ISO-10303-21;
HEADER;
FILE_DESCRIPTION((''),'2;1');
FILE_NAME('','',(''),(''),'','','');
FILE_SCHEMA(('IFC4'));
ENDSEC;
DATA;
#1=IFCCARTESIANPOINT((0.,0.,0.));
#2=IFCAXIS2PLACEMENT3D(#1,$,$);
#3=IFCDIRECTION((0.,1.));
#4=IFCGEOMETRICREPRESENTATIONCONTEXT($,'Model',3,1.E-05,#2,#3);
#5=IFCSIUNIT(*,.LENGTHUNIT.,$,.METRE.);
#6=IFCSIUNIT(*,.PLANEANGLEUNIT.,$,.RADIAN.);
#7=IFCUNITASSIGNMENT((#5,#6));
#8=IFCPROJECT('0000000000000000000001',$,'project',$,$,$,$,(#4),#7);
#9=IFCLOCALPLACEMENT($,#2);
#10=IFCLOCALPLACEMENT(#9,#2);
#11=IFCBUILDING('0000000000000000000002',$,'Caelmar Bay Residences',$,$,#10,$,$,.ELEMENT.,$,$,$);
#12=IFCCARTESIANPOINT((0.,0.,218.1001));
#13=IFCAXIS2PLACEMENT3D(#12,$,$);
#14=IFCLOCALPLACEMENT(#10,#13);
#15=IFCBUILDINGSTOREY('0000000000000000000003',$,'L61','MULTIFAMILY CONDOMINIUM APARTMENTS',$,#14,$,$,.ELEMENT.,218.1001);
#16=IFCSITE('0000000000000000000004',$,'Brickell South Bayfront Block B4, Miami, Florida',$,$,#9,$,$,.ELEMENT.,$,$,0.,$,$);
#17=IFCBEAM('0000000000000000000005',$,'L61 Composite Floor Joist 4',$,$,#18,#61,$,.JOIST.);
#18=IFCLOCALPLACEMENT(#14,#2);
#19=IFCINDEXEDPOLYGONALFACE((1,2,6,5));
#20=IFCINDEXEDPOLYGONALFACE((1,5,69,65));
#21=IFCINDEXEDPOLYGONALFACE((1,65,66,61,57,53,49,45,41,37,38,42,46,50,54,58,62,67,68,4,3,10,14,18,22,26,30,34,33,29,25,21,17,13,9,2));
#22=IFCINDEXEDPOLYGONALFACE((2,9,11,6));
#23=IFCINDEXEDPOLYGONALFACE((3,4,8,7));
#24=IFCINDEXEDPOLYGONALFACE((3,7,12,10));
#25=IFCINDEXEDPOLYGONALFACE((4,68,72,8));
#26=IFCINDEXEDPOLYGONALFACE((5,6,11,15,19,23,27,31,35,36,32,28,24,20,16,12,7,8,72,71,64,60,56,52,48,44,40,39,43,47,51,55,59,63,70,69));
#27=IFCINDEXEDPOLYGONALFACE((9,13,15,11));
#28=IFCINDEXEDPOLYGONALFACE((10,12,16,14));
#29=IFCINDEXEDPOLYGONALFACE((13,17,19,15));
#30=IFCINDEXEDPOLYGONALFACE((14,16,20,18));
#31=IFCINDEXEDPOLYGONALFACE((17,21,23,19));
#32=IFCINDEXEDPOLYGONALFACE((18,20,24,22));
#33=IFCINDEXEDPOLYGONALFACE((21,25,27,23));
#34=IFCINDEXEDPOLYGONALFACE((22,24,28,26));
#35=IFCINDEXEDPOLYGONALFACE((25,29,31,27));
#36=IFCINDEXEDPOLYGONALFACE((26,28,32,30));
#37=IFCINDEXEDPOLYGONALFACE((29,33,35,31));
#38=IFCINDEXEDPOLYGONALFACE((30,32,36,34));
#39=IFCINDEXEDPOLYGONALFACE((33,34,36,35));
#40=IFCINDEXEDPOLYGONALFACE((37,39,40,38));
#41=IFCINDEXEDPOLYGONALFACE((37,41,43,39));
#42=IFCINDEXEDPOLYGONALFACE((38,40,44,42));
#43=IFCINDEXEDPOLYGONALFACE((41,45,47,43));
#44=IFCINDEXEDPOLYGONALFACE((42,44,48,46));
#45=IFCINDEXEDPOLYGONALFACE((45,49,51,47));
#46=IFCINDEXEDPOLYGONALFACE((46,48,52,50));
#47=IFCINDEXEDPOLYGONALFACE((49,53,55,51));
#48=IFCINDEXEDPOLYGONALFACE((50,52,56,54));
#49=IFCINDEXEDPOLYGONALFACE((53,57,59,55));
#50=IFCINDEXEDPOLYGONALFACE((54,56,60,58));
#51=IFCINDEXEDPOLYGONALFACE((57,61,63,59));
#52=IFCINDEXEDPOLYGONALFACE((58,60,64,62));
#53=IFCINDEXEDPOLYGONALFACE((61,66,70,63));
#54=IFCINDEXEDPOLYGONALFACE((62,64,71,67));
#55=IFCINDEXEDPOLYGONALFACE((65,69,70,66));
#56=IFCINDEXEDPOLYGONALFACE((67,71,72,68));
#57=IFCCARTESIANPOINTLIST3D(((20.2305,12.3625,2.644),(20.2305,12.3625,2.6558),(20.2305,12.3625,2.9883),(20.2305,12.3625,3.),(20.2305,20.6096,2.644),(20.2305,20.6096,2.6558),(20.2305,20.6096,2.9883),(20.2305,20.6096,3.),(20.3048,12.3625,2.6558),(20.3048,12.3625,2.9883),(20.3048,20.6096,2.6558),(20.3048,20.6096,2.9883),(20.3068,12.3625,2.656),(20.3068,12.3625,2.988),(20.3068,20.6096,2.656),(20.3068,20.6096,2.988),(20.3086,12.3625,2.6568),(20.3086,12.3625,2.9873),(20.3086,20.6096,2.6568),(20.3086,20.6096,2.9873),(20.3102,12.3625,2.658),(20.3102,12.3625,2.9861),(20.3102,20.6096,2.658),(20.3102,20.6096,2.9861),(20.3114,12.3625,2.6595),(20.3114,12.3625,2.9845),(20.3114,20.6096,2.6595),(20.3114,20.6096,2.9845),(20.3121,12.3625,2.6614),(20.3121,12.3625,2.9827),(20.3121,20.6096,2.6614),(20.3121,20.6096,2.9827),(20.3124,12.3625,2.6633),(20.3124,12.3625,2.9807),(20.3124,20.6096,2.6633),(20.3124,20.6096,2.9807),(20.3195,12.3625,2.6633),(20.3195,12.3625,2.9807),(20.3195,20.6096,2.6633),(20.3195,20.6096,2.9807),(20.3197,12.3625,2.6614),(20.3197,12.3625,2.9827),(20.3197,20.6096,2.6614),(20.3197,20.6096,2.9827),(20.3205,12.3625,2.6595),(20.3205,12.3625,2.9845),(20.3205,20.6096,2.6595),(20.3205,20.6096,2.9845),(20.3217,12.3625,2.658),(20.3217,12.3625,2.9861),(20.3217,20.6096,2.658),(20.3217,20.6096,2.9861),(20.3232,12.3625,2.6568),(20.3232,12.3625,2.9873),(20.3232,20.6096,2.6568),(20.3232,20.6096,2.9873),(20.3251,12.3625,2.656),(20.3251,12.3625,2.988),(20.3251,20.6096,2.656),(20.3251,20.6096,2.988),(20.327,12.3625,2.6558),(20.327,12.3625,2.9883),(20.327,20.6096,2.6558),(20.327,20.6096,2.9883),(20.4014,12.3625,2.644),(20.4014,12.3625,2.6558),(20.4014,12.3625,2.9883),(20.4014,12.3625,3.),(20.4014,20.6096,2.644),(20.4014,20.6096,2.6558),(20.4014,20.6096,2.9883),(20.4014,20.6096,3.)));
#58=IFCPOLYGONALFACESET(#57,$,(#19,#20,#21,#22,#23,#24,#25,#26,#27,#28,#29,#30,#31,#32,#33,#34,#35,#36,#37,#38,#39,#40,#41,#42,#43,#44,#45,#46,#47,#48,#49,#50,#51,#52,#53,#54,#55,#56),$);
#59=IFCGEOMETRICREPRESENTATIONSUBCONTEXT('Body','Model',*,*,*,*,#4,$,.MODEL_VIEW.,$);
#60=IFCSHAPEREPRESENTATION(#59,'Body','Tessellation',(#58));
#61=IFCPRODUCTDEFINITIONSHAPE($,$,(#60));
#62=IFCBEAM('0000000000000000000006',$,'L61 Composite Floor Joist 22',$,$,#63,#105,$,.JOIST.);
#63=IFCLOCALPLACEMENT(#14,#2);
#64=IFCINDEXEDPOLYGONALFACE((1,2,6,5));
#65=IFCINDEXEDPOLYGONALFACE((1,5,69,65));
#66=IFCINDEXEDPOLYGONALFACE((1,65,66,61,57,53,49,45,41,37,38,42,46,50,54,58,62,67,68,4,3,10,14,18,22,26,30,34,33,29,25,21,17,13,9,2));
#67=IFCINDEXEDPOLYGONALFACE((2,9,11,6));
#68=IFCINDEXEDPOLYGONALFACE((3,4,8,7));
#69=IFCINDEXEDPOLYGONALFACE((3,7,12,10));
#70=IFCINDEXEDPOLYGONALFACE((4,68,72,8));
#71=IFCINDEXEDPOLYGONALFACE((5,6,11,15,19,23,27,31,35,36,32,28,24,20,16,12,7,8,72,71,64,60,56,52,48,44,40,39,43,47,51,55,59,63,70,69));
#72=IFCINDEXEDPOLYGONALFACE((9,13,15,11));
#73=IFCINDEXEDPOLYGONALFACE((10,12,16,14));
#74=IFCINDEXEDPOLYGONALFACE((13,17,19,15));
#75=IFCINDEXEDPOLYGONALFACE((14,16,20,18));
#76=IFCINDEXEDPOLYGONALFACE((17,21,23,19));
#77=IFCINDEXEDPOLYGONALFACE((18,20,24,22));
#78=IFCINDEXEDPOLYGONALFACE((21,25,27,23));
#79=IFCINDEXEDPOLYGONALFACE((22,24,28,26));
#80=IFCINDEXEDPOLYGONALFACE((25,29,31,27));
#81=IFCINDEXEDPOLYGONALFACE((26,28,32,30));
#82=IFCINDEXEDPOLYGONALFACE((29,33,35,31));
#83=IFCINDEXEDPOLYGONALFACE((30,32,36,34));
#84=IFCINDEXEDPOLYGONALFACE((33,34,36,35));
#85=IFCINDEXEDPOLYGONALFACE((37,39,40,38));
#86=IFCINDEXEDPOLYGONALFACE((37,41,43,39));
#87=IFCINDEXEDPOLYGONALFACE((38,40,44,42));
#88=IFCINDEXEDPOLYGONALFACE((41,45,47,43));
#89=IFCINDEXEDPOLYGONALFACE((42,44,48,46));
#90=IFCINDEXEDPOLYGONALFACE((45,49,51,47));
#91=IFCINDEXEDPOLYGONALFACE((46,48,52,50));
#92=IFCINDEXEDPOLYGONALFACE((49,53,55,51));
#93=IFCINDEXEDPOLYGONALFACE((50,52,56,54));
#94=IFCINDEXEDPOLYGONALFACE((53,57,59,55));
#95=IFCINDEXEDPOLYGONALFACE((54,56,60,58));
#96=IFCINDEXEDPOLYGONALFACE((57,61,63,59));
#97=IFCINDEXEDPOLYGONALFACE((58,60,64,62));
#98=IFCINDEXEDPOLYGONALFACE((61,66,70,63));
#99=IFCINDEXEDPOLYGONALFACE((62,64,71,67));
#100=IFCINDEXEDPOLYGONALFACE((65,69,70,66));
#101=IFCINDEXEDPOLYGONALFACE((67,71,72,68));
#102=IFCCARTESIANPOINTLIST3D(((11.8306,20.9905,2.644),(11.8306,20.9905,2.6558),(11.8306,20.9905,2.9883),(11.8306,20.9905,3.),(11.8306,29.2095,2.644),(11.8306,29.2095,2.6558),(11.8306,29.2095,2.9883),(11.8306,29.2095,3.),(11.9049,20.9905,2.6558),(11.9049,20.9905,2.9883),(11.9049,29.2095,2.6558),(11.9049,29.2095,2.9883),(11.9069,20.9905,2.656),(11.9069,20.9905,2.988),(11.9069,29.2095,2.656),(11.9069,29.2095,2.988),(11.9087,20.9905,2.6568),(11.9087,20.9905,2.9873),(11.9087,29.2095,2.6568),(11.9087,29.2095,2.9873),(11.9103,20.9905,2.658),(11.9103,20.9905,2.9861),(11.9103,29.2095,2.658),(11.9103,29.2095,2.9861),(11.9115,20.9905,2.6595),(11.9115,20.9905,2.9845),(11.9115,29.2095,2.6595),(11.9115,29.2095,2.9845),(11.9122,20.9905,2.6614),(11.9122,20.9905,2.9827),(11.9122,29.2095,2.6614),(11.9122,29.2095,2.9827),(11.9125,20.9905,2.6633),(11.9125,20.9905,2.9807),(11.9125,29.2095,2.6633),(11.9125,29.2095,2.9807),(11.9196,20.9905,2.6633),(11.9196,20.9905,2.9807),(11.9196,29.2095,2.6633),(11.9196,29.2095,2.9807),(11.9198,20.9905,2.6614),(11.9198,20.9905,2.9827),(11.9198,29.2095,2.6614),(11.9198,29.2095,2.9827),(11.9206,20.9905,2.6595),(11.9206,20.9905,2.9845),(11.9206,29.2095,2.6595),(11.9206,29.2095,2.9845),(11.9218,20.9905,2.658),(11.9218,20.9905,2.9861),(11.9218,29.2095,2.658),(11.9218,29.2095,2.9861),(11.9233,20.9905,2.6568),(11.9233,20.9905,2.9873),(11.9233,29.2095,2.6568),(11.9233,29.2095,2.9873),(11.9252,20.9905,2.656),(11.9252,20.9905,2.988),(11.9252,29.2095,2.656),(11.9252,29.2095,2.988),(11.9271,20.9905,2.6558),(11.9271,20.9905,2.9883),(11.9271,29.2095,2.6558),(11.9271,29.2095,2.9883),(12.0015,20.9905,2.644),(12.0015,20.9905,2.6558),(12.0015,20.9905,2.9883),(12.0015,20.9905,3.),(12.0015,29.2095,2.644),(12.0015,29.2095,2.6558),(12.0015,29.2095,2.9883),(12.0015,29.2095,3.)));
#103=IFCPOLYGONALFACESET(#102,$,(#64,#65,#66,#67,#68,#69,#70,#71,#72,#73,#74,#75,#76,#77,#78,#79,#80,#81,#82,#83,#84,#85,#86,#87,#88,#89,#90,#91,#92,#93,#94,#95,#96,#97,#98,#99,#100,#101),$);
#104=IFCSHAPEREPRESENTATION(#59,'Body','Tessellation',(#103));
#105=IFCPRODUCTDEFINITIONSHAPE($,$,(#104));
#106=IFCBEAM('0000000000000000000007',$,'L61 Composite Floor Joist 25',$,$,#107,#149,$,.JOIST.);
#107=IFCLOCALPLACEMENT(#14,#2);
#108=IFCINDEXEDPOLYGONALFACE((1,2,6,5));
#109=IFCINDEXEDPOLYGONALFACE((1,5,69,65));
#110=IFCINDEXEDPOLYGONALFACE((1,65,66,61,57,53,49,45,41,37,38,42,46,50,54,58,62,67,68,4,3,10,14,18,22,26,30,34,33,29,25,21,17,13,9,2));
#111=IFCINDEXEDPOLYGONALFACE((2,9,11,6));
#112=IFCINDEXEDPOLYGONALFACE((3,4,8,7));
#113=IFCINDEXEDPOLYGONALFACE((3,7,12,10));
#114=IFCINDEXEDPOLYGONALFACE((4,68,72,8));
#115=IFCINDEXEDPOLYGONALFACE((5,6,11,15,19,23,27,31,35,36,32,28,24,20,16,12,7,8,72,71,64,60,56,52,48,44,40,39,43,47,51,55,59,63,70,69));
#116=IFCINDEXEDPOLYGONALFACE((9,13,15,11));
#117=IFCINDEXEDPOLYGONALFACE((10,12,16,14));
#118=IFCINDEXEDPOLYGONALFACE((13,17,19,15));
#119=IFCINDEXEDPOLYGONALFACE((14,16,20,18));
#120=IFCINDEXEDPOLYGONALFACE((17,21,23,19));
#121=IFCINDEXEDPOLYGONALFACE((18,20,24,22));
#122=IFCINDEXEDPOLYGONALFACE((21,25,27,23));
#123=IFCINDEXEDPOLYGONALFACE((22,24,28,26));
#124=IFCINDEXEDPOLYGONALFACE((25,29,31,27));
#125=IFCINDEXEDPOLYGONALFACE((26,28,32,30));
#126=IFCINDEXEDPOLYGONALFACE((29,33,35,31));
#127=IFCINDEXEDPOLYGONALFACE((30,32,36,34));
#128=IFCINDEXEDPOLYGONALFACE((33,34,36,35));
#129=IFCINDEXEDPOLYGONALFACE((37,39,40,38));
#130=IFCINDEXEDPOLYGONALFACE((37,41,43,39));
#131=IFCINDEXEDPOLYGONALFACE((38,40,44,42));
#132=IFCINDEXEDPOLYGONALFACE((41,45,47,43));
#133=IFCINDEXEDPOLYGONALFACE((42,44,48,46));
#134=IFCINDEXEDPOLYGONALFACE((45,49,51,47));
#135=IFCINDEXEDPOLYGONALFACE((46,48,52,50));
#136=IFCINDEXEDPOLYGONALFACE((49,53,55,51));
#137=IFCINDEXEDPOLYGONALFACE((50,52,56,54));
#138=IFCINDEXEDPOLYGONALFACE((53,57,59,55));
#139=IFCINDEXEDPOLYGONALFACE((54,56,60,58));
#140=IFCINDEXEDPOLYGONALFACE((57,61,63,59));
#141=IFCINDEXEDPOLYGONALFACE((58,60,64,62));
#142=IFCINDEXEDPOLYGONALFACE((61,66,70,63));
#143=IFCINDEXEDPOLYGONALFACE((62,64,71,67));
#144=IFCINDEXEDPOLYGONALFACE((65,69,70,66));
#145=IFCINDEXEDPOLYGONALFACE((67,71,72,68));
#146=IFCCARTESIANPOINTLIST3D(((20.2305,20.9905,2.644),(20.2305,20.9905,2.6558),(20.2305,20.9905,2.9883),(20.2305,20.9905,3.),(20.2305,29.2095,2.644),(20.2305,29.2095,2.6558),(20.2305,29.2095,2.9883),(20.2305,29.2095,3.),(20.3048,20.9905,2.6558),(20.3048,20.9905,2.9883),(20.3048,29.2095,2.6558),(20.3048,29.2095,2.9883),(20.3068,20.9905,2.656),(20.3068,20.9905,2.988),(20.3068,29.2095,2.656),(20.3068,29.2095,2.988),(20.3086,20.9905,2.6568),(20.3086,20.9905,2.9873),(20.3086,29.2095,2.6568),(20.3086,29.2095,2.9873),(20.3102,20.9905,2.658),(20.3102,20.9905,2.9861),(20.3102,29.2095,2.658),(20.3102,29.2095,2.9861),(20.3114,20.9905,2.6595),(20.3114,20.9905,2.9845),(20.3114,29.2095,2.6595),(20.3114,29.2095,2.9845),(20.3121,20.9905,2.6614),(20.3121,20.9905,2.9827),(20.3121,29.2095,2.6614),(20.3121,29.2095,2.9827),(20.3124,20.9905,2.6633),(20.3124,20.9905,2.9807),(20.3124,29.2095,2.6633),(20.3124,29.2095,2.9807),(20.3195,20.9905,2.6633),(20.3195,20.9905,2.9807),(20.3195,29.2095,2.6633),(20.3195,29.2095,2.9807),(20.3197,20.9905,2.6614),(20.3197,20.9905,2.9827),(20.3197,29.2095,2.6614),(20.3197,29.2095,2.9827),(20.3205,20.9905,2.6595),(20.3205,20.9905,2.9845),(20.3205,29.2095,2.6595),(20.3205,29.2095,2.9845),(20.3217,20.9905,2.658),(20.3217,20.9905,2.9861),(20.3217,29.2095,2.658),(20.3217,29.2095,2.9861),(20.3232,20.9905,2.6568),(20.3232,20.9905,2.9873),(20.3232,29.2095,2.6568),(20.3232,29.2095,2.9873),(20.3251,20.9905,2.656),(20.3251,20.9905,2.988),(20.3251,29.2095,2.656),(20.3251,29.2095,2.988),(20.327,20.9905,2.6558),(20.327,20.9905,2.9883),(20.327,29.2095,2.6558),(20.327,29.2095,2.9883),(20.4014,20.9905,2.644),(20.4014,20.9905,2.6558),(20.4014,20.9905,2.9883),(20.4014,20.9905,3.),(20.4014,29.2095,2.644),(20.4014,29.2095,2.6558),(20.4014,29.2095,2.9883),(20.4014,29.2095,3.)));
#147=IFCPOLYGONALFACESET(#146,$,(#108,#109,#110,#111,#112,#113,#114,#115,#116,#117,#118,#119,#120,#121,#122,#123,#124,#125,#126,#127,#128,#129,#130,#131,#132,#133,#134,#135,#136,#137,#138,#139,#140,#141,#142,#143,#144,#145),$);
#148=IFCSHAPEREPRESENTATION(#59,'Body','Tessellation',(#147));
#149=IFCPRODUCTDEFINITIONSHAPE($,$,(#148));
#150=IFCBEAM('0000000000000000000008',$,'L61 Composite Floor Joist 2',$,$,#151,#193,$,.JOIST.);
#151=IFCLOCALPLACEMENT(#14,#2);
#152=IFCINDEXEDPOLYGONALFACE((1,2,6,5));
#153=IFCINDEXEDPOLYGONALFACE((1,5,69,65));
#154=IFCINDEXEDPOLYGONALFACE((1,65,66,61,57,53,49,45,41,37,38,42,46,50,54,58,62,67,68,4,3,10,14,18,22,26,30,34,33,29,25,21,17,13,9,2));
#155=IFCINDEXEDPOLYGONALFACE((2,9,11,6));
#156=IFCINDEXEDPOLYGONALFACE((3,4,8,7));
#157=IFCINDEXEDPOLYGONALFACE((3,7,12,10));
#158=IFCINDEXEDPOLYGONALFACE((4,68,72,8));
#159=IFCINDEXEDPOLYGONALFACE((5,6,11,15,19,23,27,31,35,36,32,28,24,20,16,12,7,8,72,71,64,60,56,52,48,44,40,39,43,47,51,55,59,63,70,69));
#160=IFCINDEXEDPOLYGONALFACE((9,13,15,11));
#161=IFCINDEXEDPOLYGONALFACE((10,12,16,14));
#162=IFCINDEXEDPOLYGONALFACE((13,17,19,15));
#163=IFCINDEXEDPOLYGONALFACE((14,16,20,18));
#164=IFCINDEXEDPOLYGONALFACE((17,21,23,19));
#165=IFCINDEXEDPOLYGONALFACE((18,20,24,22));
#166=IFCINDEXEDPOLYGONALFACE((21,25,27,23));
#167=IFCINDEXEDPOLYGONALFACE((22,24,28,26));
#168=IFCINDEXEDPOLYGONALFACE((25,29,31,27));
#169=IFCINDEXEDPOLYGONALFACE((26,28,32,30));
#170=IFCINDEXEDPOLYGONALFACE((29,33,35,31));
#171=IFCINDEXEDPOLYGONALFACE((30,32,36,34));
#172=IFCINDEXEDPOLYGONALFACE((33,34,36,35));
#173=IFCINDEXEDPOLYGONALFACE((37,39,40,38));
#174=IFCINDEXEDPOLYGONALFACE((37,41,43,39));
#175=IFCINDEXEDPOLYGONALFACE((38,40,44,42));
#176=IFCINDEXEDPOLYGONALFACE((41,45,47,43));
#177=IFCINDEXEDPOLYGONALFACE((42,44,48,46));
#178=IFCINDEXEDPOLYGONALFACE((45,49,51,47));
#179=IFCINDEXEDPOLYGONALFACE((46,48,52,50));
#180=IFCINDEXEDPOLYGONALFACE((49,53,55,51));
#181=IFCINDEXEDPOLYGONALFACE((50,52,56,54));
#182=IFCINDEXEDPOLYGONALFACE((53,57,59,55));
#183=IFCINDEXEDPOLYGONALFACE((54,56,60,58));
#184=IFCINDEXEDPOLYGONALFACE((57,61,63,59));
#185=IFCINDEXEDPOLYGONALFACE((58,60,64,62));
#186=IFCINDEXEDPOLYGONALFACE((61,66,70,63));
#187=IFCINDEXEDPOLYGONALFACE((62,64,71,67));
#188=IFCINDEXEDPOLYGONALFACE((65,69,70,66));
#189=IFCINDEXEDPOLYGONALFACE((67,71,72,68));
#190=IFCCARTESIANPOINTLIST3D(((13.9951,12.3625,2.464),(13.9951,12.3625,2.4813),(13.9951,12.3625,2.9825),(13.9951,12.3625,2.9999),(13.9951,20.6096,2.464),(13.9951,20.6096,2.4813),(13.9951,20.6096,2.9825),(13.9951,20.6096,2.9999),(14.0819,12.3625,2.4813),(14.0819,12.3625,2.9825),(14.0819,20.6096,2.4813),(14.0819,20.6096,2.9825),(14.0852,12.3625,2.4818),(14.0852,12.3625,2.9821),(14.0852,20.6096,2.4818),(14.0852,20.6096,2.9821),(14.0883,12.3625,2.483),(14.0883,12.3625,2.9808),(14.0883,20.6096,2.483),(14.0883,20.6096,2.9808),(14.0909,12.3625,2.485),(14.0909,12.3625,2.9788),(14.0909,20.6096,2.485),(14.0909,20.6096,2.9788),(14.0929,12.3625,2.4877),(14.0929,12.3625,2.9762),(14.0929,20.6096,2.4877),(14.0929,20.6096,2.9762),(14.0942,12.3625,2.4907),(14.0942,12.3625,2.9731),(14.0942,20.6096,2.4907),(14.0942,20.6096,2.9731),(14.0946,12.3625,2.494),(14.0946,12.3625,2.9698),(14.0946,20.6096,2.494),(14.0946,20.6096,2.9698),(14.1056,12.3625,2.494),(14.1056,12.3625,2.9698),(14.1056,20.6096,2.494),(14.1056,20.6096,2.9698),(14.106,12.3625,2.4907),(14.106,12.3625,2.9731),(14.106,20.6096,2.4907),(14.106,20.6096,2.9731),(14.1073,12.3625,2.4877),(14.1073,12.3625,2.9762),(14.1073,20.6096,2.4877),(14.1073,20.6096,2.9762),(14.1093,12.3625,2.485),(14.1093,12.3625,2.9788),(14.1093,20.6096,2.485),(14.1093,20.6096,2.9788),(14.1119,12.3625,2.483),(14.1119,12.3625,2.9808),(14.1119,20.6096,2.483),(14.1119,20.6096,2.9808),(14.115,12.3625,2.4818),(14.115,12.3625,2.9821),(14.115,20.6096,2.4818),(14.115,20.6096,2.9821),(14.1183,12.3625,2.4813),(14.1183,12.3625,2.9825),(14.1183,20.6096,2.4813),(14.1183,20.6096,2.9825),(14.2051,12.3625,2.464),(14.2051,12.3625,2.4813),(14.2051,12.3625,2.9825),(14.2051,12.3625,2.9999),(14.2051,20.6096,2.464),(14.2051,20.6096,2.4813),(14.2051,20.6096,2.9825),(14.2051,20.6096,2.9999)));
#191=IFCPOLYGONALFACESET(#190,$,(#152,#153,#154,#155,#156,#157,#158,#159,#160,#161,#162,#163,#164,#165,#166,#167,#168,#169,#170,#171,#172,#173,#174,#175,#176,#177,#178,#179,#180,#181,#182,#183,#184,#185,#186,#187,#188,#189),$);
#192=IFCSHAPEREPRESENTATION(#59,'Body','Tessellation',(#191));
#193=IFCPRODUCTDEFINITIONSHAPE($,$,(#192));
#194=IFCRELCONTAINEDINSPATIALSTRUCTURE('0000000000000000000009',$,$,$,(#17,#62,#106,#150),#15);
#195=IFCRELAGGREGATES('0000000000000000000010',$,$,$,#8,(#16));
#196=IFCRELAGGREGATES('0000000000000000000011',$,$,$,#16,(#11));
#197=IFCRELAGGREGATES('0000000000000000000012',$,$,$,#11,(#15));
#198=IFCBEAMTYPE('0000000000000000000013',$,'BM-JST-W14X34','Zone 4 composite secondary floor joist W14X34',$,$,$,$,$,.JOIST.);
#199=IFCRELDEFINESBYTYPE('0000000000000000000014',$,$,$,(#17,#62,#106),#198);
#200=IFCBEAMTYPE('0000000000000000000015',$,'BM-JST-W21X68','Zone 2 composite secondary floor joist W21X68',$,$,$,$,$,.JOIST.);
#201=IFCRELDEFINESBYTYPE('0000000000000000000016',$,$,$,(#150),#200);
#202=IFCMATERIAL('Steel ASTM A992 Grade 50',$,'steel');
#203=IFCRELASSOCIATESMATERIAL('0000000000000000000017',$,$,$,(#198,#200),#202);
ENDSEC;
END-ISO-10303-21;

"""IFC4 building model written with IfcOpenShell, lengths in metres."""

from ifc_helpers import new_model, si_unit, direction, frame, origin, origin_2d, place, context, subcontext, project, spatial, i_section, extrude, material, material_profile, profile_set, type_object, element, save


model = new_model("IFC4")

# Units and contexts
model_context = context("Model", 3, precision=1e-05, world=origin(), true_north=direction((0.0, 1.0)))
body_context = subcontext(model_context, "Body", "Model", "MODEL_VIEW")
ifc_project = project(units=[si_unit("LENGTHUNIT", "METRE"), si_unit("PLANEANGLEUNIT", "RADIAN")], contexts=[model_context])

# Site, building, storey
site_placement = place(None, origin())
site = spatial("IfcSite", under=ifc_project, at=site_placement, Name="Brickell South Bayfront Block B4, Miami, Florida", CompositionType="ELEMENT", RefElevation=0.0)
building_placement = place(site_placement, origin())
building = spatial("IfcBuilding", under=site, at=building_placement, Name="Caelmar Bay Residences", CompositionType="ELEMENT")
storey_placement = place(building_placement, frame((0.0, 0.0, 218.1001)))
storey = spatial("IfcBuildingStorey", under=building, at=storey_placement, Name="L61", Description="MULTIFAMILY CONDOMINIUM APARTMENTS", CompositionType="ELEMENT", Elevation=218.1001)

# Beams
ifc_material_1 = material(Name="Steel ASTM A992 Grade 50", Category="steel")
ifc_material_profile_1 = material_profile(ifc_material_1, i_section(OverallWidth=0.1709, OverallDepth=0.356, WebThickness=0.0071, FlangeThickness=0.0117, FilletRadius=0.0076, at=origin_2d()), Name="W14X34")
ifc_profile_set_1 = profile_set([ifc_material_profile_1], Name="Steel ASTM A992 Grade 50")
beam_type_1 = type_object("IfcBeamType", Name="BM-JST-W14X34", Description="Zone 4 composite secondary floor joist W14X34", PredefinedType="JOIST", material=ifc_profile_set_1)
for number, where, z_axis, x_axis, name in (
    (1, (20.3159, 12.3625, 2.822), (0.0, 1.0, 0.0), (-1.0, 0.0, 0.0), "L61 Composite Floor Joist 4"),
):
    element("IfcBeam", number, at=place(storey_placement, frame(where, z_axis=z_axis, x_axis=x_axis)), inside=storey, type_object=beam_type_1, Name=name, PredefinedType="JOIST", context=body_context, shape_type="SweptSolid", body=[
        extrude(i_section(OverallWidth=0.1709, OverallDepth=0.356, WebThickness=0.0071, FlangeThickness=0.0117, FilletRadius=0.0076, at=origin_2d()), origin(), (0.0, 0.0, 1.0), 8.2471),
    ])
for number, where, z_axis, x_axis, name in (
    (2, (11.916, 20.9905, 2.822), (0.0, 1.0, 0.0), (-1.0, 0.0, 0.0), "L61 Composite Floor Joist 22"),
    (3, (20.3159, 20.9905, 2.822), (0.0, 1.0, 0.0), (-1.0, 0.0, 0.0), "L61 Composite Floor Joist 25"),
):
    element("IfcBeam", number, at=place(storey_placement, frame(where, z_axis=z_axis, x_axis=x_axis)), inside=storey, type_object=beam_type_1, Name=name, PredefinedType="JOIST", context=body_context, shape_type="SweptSolid", body=[
        extrude(i_section(OverallWidth=0.1709, OverallDepth=0.356, WebThickness=0.0071, FlangeThickness=0.0117, FilletRadius=0.0076, at=origin_2d()), origin(), (0.0, 0.0, 1.0), 8.219),
    ])
ifc_material_profile_2 = material_profile(ifc_material_1, i_section(OverallWidth=0.21, OverallDepth=0.5359, WebThickness=0.011, FlangeThickness=0.0173, FilletRadius=0.0127, at=origin_2d()), Name="W21X68")
ifc_profile_set_2 = profile_set([ifc_material_profile_2], Name="Steel ASTM A992 Grade 50")
beam_type_2 = type_object("IfcBeamType", Name="BM-JST-W21X68", Description="Zone 2 composite secondary floor joist W21X68", PredefinedType="JOIST", material=ifc_profile_set_2)
for number, where, z_axis, x_axis, name in (
    (4, (14.1001, 12.3625, 2.7319), (0.0, 1.0, 0.0), (-1.0, 0.0, 0.0), "L61 Composite Floor Joist 2"),
):
    element("IfcBeam", number, at=place(storey_placement, frame(where, z_axis=z_axis, x_axis=x_axis)), inside=storey, type_object=beam_type_2, Name=name, PredefinedType="JOIST", context=body_context, shape_type="SweptSolid", body=[
        extrude(i_section(OverallWidth=0.21, OverallDepth=0.5359, WebThickness=0.011, FlangeThickness=0.0173, FilletRadius=0.0127, at=origin_2d()), origin(), (0.0, 0.0, 1.0), 8.2471),
    ])

save(model, "model.ifc")
